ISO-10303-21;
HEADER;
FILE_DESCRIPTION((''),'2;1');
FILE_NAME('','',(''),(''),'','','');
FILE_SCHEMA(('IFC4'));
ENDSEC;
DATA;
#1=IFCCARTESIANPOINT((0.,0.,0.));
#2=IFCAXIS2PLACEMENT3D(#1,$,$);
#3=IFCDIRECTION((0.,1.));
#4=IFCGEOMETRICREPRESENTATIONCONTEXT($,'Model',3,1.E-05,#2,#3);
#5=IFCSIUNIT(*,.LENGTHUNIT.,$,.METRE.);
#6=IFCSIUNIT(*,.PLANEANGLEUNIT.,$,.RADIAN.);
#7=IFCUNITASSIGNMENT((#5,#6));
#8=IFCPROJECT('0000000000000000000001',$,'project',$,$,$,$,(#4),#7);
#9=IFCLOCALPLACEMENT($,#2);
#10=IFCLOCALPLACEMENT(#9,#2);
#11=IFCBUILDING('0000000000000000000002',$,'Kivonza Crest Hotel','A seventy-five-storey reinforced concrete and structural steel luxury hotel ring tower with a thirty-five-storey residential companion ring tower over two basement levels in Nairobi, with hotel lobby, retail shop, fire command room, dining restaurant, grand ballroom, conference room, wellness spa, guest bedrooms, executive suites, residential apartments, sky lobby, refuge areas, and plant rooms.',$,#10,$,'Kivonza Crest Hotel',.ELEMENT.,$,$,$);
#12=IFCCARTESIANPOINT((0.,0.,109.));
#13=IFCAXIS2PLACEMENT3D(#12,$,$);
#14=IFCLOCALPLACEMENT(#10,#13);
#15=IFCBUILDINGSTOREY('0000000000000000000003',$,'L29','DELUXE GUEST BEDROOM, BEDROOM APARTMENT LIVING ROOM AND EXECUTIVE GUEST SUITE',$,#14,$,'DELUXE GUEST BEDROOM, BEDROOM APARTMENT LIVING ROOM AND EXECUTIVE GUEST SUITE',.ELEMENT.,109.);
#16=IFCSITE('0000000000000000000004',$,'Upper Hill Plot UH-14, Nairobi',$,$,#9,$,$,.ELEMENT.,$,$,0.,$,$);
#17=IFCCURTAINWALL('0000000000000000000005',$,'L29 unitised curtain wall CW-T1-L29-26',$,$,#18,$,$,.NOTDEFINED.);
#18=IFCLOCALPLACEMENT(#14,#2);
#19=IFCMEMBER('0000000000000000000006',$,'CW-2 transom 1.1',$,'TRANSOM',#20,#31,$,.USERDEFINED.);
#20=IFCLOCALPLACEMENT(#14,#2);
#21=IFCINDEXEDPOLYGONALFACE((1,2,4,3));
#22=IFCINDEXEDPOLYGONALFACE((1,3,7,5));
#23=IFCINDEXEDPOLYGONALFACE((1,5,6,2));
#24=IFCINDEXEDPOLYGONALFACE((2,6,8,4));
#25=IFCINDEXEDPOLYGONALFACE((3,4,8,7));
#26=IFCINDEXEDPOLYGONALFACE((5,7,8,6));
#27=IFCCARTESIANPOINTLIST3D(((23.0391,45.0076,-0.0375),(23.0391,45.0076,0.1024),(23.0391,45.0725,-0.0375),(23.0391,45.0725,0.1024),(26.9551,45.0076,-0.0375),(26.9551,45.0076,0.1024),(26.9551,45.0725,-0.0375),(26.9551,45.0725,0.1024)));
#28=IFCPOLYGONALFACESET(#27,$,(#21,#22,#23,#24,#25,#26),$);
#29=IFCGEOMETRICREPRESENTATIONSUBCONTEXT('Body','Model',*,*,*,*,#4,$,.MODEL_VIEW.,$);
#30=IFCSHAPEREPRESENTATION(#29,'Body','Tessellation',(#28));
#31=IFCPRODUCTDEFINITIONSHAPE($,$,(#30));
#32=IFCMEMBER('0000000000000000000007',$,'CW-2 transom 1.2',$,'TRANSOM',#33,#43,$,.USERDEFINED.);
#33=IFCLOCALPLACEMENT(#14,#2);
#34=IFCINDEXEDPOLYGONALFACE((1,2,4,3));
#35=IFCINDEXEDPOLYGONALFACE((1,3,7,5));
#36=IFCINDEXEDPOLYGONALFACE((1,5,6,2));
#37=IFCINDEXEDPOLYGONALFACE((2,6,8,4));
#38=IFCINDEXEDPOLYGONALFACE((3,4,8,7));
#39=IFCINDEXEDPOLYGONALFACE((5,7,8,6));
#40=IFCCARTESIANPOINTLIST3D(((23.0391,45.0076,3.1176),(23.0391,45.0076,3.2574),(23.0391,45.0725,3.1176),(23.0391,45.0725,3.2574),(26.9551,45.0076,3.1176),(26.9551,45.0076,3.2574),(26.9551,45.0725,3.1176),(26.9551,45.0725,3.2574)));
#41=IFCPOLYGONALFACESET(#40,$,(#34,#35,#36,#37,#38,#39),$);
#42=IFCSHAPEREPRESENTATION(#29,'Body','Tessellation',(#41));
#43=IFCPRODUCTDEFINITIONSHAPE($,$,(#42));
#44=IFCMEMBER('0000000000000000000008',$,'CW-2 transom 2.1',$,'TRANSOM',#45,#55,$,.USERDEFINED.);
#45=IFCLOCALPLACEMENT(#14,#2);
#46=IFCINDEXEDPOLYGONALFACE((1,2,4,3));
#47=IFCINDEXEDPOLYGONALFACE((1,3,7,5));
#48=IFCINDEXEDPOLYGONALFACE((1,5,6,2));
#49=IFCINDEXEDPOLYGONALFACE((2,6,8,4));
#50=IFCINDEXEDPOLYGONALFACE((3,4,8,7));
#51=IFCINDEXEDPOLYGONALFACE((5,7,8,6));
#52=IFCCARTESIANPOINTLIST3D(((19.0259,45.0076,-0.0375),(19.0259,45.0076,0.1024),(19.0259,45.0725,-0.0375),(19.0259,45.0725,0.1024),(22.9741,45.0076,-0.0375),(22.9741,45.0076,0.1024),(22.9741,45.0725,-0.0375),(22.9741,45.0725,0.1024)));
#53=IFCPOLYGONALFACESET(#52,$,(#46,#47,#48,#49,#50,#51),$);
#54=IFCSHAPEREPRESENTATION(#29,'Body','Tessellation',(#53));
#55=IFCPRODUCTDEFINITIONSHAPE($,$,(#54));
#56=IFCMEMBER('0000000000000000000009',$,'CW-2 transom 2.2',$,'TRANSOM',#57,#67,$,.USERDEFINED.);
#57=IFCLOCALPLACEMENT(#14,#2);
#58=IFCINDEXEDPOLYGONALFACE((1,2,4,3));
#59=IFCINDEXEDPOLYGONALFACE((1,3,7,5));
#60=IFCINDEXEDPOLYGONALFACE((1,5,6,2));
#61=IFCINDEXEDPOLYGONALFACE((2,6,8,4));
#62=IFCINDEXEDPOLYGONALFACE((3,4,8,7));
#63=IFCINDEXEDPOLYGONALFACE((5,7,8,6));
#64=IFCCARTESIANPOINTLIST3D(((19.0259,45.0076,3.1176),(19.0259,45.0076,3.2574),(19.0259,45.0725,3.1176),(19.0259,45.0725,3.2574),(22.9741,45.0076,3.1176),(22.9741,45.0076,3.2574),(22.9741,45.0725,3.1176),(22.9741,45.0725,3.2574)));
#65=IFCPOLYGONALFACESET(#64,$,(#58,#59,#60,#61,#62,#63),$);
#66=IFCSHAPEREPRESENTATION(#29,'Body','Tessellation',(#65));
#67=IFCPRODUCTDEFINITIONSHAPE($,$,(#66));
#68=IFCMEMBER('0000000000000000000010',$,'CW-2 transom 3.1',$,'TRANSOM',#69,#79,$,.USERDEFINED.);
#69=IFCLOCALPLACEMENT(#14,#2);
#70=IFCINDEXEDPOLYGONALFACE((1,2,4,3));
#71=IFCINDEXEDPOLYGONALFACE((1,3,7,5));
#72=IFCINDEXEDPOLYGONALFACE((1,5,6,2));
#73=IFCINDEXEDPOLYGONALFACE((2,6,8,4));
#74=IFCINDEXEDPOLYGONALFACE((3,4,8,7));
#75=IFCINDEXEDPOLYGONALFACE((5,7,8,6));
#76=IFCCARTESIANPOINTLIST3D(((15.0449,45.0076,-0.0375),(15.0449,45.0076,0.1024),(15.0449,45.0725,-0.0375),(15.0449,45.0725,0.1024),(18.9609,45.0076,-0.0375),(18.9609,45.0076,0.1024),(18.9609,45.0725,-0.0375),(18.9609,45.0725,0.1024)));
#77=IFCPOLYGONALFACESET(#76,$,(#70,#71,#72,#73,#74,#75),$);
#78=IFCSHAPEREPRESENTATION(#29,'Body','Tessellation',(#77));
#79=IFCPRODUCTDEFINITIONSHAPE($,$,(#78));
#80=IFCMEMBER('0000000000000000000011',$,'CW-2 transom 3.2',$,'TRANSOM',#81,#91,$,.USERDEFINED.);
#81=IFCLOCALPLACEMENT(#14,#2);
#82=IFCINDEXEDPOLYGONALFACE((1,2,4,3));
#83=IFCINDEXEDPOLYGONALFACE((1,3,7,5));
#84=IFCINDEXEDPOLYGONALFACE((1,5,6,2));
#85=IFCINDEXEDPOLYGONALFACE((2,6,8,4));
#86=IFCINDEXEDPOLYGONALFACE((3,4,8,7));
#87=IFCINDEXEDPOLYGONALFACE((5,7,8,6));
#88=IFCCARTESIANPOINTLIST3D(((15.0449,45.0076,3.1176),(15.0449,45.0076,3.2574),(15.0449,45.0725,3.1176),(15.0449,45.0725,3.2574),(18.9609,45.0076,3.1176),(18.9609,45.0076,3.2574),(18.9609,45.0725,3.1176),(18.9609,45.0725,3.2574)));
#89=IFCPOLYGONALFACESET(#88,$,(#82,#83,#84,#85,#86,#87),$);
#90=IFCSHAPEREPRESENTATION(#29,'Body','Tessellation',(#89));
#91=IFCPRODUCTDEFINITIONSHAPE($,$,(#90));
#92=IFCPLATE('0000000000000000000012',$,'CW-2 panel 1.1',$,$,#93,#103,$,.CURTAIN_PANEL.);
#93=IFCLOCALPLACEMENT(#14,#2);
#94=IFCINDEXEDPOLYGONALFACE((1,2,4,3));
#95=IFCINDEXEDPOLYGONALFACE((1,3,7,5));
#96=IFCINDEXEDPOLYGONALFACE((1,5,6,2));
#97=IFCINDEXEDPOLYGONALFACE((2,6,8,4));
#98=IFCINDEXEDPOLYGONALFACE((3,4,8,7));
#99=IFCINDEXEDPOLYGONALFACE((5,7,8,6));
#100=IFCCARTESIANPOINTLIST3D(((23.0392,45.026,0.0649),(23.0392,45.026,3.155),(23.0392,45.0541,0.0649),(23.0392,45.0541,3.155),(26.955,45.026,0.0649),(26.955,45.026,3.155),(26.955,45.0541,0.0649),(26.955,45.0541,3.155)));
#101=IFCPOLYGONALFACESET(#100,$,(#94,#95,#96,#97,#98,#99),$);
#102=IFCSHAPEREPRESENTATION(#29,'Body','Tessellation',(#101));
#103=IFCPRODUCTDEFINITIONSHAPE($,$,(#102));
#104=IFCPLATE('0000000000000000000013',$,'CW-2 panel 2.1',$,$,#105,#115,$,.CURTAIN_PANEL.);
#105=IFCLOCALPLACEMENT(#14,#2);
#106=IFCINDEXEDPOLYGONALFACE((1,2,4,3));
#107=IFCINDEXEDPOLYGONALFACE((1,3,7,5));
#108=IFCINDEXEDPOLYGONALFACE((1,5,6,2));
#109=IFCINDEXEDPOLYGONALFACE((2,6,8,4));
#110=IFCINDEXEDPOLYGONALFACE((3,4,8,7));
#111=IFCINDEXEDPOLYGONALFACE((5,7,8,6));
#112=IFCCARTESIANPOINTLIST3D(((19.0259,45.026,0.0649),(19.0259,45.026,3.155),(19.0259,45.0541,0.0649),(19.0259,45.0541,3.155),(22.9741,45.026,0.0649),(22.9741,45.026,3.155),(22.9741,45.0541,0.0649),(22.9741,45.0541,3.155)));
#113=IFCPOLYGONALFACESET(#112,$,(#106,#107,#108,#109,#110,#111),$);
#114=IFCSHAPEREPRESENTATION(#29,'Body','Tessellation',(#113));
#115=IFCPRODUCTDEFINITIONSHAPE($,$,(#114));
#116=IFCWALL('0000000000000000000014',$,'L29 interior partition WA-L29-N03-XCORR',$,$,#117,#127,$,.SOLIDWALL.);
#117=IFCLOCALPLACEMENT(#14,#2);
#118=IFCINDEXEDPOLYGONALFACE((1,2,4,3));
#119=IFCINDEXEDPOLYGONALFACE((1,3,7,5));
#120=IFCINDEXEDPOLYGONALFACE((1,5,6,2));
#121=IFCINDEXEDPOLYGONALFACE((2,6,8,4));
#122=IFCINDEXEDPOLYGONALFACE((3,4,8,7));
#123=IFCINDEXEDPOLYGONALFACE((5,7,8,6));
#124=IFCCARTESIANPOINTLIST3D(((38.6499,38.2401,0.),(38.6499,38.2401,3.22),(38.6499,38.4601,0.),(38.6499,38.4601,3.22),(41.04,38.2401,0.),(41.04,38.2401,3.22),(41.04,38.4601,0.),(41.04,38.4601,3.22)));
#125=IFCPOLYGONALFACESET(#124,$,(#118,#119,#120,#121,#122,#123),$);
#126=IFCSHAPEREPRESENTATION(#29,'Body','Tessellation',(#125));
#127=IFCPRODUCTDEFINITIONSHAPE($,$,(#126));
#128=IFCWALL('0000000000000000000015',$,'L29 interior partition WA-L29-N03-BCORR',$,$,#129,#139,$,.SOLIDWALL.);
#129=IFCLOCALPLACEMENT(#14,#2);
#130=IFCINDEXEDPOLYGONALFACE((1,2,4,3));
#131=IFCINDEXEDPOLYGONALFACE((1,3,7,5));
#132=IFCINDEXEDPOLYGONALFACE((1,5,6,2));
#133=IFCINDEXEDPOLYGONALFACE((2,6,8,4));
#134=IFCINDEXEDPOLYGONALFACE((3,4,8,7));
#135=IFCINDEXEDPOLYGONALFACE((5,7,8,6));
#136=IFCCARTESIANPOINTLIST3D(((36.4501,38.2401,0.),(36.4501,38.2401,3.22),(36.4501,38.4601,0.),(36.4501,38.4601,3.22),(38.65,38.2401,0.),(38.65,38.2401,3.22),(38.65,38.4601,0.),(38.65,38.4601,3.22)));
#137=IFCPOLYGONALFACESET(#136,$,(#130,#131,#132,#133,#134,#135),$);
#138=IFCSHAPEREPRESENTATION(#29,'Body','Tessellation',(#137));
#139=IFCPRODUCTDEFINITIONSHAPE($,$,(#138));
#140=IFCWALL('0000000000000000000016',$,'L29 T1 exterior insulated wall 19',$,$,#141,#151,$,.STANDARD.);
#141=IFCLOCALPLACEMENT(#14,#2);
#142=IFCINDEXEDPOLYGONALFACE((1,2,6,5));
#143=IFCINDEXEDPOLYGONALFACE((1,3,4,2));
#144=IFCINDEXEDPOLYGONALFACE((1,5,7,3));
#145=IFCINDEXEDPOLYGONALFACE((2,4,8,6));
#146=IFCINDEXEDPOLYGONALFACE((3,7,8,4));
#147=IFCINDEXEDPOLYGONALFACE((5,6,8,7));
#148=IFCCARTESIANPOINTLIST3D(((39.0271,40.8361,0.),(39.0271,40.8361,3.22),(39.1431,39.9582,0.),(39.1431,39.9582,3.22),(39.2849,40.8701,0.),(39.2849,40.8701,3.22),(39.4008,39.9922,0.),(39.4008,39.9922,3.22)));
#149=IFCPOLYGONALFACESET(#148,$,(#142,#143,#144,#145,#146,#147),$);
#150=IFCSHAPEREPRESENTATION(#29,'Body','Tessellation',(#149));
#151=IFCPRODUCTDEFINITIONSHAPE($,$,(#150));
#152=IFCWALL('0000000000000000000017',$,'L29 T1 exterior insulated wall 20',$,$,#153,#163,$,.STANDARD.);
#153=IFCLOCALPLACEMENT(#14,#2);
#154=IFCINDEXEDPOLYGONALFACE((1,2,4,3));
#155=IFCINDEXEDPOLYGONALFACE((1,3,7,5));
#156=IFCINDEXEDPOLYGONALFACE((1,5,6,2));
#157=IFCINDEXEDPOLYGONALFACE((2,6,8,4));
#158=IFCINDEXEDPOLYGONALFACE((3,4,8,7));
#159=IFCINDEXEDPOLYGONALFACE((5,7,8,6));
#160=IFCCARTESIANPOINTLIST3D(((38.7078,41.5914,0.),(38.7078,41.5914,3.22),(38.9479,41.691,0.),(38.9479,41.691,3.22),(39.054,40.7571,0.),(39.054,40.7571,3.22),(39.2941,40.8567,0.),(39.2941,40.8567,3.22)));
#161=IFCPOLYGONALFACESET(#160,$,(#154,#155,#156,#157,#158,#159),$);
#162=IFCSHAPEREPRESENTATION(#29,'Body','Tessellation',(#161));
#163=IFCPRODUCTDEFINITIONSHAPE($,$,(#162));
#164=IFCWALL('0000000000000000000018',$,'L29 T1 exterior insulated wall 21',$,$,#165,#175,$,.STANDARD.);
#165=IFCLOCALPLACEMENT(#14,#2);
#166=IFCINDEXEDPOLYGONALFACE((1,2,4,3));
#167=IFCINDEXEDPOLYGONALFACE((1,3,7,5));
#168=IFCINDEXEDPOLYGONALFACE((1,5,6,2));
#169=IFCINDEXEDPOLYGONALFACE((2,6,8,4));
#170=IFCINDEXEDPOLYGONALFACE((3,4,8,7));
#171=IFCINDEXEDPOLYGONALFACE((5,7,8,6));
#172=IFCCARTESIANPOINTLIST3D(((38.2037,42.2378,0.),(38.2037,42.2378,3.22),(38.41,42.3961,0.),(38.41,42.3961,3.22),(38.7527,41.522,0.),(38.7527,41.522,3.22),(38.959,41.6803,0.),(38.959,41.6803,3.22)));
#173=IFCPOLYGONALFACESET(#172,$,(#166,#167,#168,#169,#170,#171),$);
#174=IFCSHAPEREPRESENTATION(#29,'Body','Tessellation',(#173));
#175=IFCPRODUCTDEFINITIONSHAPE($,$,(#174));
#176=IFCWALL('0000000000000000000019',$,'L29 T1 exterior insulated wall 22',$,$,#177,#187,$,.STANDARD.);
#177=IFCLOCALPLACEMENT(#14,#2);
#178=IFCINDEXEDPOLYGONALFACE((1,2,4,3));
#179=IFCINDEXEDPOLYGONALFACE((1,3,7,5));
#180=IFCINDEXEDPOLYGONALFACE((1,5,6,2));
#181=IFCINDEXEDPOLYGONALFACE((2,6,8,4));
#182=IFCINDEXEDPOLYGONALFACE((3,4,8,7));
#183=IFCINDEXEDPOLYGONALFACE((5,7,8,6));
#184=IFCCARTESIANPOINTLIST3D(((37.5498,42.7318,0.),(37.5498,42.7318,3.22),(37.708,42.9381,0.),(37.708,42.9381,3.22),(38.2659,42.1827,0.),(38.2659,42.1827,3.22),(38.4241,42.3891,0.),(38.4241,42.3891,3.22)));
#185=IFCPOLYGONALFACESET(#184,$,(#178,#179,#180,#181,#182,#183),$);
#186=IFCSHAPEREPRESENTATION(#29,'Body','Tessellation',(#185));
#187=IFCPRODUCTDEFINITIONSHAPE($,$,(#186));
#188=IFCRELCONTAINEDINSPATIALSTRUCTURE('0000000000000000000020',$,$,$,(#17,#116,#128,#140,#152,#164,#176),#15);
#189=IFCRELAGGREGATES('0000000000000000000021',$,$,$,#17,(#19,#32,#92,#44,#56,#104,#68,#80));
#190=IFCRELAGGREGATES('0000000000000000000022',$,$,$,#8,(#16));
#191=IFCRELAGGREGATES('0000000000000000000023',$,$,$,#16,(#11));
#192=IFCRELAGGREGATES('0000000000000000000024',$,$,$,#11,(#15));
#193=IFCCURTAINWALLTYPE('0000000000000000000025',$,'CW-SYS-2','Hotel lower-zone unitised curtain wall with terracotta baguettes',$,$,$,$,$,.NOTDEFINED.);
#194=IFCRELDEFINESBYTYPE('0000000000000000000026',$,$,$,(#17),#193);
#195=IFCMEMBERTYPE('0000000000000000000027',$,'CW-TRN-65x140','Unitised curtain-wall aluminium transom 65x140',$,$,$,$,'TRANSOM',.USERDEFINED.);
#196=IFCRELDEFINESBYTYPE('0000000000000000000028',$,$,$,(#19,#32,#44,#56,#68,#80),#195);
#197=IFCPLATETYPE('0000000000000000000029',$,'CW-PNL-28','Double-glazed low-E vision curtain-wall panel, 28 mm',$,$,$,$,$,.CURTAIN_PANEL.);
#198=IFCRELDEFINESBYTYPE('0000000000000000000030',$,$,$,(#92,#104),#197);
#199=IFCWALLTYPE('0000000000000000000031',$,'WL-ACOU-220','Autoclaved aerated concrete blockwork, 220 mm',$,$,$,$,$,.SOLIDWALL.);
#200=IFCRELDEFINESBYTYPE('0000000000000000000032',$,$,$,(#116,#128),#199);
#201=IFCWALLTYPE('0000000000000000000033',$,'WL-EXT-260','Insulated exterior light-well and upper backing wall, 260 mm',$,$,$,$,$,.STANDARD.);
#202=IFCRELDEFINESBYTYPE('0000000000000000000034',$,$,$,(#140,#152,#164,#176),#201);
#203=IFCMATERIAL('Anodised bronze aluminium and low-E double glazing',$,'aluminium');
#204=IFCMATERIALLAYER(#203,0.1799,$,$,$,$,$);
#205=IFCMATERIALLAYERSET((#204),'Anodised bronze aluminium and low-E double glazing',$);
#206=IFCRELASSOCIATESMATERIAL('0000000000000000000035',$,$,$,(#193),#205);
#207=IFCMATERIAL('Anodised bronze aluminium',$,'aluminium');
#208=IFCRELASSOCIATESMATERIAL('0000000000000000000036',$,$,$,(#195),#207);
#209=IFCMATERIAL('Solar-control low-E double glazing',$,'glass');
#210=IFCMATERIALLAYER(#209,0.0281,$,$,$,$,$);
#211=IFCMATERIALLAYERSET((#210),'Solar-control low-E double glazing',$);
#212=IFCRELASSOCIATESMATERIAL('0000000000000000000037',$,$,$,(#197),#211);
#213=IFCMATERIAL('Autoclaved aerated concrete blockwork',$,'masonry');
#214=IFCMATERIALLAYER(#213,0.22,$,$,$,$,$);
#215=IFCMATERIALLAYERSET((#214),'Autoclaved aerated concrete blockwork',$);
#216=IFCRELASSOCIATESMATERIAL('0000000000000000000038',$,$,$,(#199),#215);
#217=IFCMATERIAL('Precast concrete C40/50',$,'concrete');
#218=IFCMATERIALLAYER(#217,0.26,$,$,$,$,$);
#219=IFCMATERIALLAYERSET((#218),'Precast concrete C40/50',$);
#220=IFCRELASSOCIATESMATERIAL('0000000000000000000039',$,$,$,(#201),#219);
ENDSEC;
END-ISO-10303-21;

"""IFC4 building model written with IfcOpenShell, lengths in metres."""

from ifc_helpers import new_model, si_unit, direction, frame, frame_2d, origin, origin_2d, place, context, subcontext, project, spatial, rectangle, extrude, material, layer, layer_set, material_profile, profile_set, type_object, element, aggregate, save


model = new_model("IFC4")

# Units and contexts
model_context = context("Model", 3, precision=1e-05, world=origin(), true_north=direction((0.0, 1.0)))
body_context = subcontext(model_context, "Body", "Model", "MODEL_VIEW")
ifc_project = project(units=[si_unit("LENGTHUNIT", "METRE"), si_unit("PLANEANGLEUNIT", "RADIAN")], contexts=[model_context])

# Site, building, storey
site_placement = place(None, origin())
site = spatial("IfcSite", under=ifc_project, at=site_placement, Name="Upper Hill Plot UH-14, Nairobi", CompositionType="ELEMENT", RefElevation=0.0)
building_placement = place(site_placement, origin())
building = spatial("IfcBuilding", under=site, at=building_placement, Name="Kivonza Crest Hotel", Description="A seventy-five-storey reinforced concrete and structural steel luxury hotel ring tower with a thirty-five-storey residential companion ring tower over two basement levels in Nairobi, with hotel lobby, retail shop, fire command room, dining restaurant, grand ballroom, conference room, wellness spa, guest bedrooms, executive suites, residential apartments, sky lobby, refuge areas, and plant rooms.", LongName="Kivonza Crest Hotel", CompositionType="ELEMENT")
storey_placement = place(building_placement, frame((0.0, 0.0, 109.0)))
storey = spatial("IfcBuildingStorey", under=building, at=storey_placement, Name="L29", Description="DELUXE GUEST BEDROOM, BEDROOM APARTMENT LIVING ROOM AND EXECUTIVE GUEST SUITE", LongName="DELUXE GUEST BEDROOM, BEDROOM APARTMENT LIVING ROOM AND EXECUTIVE GUEST SUITE", CompositionType="ELEMENT", Elevation=109.0)

# Curtain wall, members, plates
ifc_material_1 = material(Name="Anodised bronze aluminium and low-E double glazing", Category="aluminium")
ifc_layer_1 = layer(ifc_material_1, 0.1799)
ifc_layer_set_1 = layer_set([ifc_layer_1], Name="Anodised bronze aluminium and low-E double glazing")
curtain_wall_type = type_object("IfcCurtainWallType", Name="CW-SYS-2", Description="Hotel lower-zone unitised curtain wall with terracotta baguettes", PredefinedType="NOTDEFINED", material=ifc_layer_set_1)
curtain_wall_placement = place(storey_placement, origin())
curtain_wall = element("IfcCurtainWall", 1, at=curtain_wall_placement, inside=storey, type_object=curtain_wall_type, Name="L29 unitised curtain wall CW-T1-L29-26", PredefinedType="NOTDEFINED")
ifc_material_2 = material(Name="Anodised bronze aluminium", Category="aluminium")
ifc_material_profile_1 = material_profile(ifc_material_2, rectangle(XDim=0.0649, YDim=0.1399, at=origin_2d()), Name="CW-T 65x140")
ifc_profile_set_1 = profile_set([ifc_material_profile_1], Name="Anodised bronze aluminium")
member_type_1 = type_object("IfcMemberType", Name="CW-TRN-65x140", Description="Unitised curtain-wall aluminium transom 65x140", ElementType="TRANSOM", PredefinedType="USERDEFINED", material=ifc_profile_set_1)
member_1_placement = place(storey_placement, frame((26.9551, 45.04, 0.0325), z_axis=(-1.0, 0.0, 0.0), x_axis=(0.0, -1.0, 0.0)))
member_1 = element("IfcMember", 2, at=member_1_placement, type_object=member_type_1, Name="CW-2 transom 1.1", ObjectType="TRANSOM", PredefinedType="USERDEFINED", context=body_context, shape_type="SweptSolid", body=[
    extrude(rectangle(XDim=0.0649, YDim=0.1399, at=origin_2d()), origin(), (0.0, 0.0, 1.0), 3.916),
])
member_2_placement = place(storey_placement, frame((26.9551, 45.04, 3.1875), z_axis=(-1.0, 0.0, 0.0), x_axis=(0.0, -1.0, 0.0)))
member_2 = element("IfcMember", 3, at=member_2_placement, type_object=member_type_1, Name="CW-2 transom 1.2", ObjectType="TRANSOM", PredefinedType="USERDEFINED", context=body_context, shape_type="SweptSolid", body=[
    extrude(rectangle(XDim=0.0649, YDim=0.1399, at=origin_2d()), origin(), (0.0, 0.0, 1.0), 3.916),
])
member_3_placement = place(storey_placement, frame((22.9741, 45.04, 0.0325), z_axis=(-1.0, 0.0, 0.0), x_axis=(0.0, -1.0, 0.0)))
member_3 = element("IfcMember", 4, at=member_3_placement, type_object=member_type_1, Name="CW-2 transom 2.1", ObjectType="TRANSOM", PredefinedType="USERDEFINED", context=body_context, shape_type="SweptSolid", body=[
    extrude(rectangle(XDim=0.0649, YDim=0.1399, at=origin_2d()), origin(), (0.0, 0.0, 1.0), 3.9482),
])
member_4_placement = place(storey_placement, frame((22.9741, 45.04, 3.1875), z_axis=(-1.0, 0.0, 0.0), x_axis=(0.0, -1.0, 0.0)))
member_4 = element("IfcMember", 5, at=member_4_placement, type_object=member_type_1, Name="CW-2 transom 2.2", ObjectType="TRANSOM", PredefinedType="USERDEFINED", context=body_context, shape_type="SweptSolid", body=[
    extrude(rectangle(XDim=0.0649, YDim=0.1399, at=origin_2d()), origin(), (0.0, 0.0, 1.0), 3.9482),
])
member_5_placement = place(storey_placement, frame((18.9609, 45.04, 0.0325), z_axis=(-1.0, 0.0, 0.0), x_axis=(0.0, -1.0, 0.0)))
member_5 = element("IfcMember", 6, at=member_5_placement, type_object=member_type_1, Name="CW-2 transom 3.1", ObjectType="TRANSOM", PredefinedType="USERDEFINED", context=body_context, shape_type="SweptSolid", body=[
    extrude(rectangle(XDim=0.0649, YDim=0.1399, at=origin_2d()), origin(), (0.0, 0.0, 1.0), 3.916),
])
member_6_placement = place(storey_placement, frame((18.9609, 45.04, 3.1875), z_axis=(-1.0, 0.0, 0.0), x_axis=(0.0, -1.0, 0.0)))
member_6 = element("IfcMember", 7, at=member_6_placement, type_object=member_type_1, Name="CW-2 transom 3.2", ObjectType="TRANSOM", PredefinedType="USERDEFINED", context=body_context, shape_type="SweptSolid", body=[
    extrude(rectangle(XDim=0.0649, YDim=0.1399, at=origin_2d()), origin(), (0.0, 0.0, 1.0), 3.916),
])
ifc_material_3 = material(Name="Solar-control low-E double glazing", Category="glass")
ifc_layer_2 = layer(ifc_material_3, 0.0281)
ifc_layer_set_2 = layer_set([ifc_layer_2], Name="Solar-control low-E double glazing")
plate_type = type_object("IfcPlateType", Name="CW-PNL-28", Description="Double-glazed low-E vision curtain-wall panel, 28 mm", PredefinedType="CURTAIN_PANEL", material=ifc_layer_set_2)
plate_1_placement = place(storey_placement, frame((24.9971, 45.04, 0.0649), z_axis=(0.0, 0.0, 1.0), x_axis=(-1.0, 0.0, 0.0)))
plate_1 = element("IfcPlate", 8, at=plate_1_placement, type_object=plate_type, Name="CW-2 panel 1.1", PredefinedType="CURTAIN_PANEL", context=body_context, shape_type="SweptSolid", body=[
    extrude(rectangle(XDim=3.9158, YDim=0.0281, at=origin_2d()), origin(), (0.0, 0.0, 1.0), 3.0901),
])
plate_2_placement = place(storey_placement, frame((21.0, 45.04, 0.0649), z_axis=(0.0, 0.0, 1.0), x_axis=(-1.0, 0.0, 0.0)))
plate_2 = element("IfcPlate", 9, at=plate_2_placement, type_object=plate_type, Name="CW-2 panel 2.1", PredefinedType="CURTAIN_PANEL", context=body_context, shape_type="SweptSolid", body=[
    extrude(rectangle(XDim=3.9482, YDim=0.0281, at=origin_2d()), origin(), (0.0, 0.0, 1.0), 3.0901),
])
aggregate(curtain_wall, [member_1, member_2, plate_1, member_3, member_4, plate_2, member_5, member_6])

# Walls
ifc_material_4 = material(Name="Autoclaved aerated concrete blockwork", Category="masonry")
ifc_layer_3 = layer(ifc_material_4, 0.22)
ifc_layer_set_3 = layer_set([ifc_layer_3], Name="Autoclaved aerated concrete blockwork")
wall_type_1 = type_object("IfcWallType", Name="WL-ACOU-220", Description="Autoclaved aerated concrete blockwork, 220 mm", PredefinedType="SOLIDWALL", material=ifc_layer_set_3)
wall_1_placement = place(storey_placement, frame((38.6499, 38.3501, 0.0), z_axis=(0.0, 0.0, 1.0), x_axis=(1.0, 0.0, 0.0)))
element("IfcWall", 10, at=wall_1_placement, inside=storey, type_object=wall_type_1, Name="L29 interior partition WA-L29-N03-XCORR", PredefinedType="SOLIDWALL", context=body_context, shape_type="SweptSolid", body=[
    extrude(rectangle(XDim=2.3901, YDim=0.22, at=frame_2d((1.1951, 0.0))), origin(), (0.0, 0.0, 1.0), 3.22),
])
wall_2_placement = place(storey_placement, frame((36.45, 38.3501, 0.0), z_axis=(0.0, 0.0, 1.0), x_axis=(1.0, 0.0, 0.0)))
element("IfcWall", 11, at=wall_2_placement, inside=storey, type_object=wall_type_1, Name="L29 interior partition WA-L29-N03-BCORR", PredefinedType="SOLIDWALL", context=body_context, shape_type="SweptSolid", body=[
    extrude(rectangle(XDim=2.2, YDim=0.22, at=frame_2d((1.1001, 0.0))), origin(), (0.0, 0.0, 1.0), 3.22),
])
ifc_material_5 = material(Name="Precast concrete C40/50", Category="concrete")
ifc_layer_4 = layer(ifc_material_5, 0.26)
ifc_layer_set_4 = layer_set([ifc_layer_4], Name="Precast concrete C40/50")
wall_type_2 = type_object("IfcWallType", Name="WL-EXT-260", Description="Insulated exterior light-well and upper backing wall, 260 mm", PredefinedType="STANDARD", material=ifc_layer_set_4)
wall_3_placement = place(storey_placement, frame((39.272, 39.9751, 0.0), z_axis=(0.0, 0.0, 1.0), x_axis=(-0.130954, 0.991388, 0.0)))
element("IfcWall", 12, at=wall_3_placement, inside=storey, type_object=wall_type_2, Name="L29 T1 exterior insulated wall 19", PredefinedType="STANDARD", context=body_context, shape_type="SweptSolid", body=[
    extrude(rectangle(XDim=0.8855, YDim=0.26, at=frame_2d((0.4429, 0.0))), origin(), (0.0, 0.0, 1.0), 3.22),
])
wall_4_placement = place(storey_placement, frame((39.1741, 40.8069, 0.0), z_axis=(0.0, 0.0, 1.0), x_axis=(-0.383291, 0.923628, 0.0)))
element("IfcWall", 13, at=wall_4_placement, inside=storey, type_object=wall_type_2, Name="L29 T1 exterior insulated wall 20", PredefinedType="STANDARD", context=body_context, shape_type="SweptSolid", body=[
    extrude(rectangle(XDim=0.9033, YDim=0.26, at=frame_2d((0.4517, 0.0))), origin(), (0.0, 0.0, 1.0), 3.22),
])
wall_5_placement = place(storey_placement, frame((38.856, 41.6011, 0.0), z_axis=(0.0, 0.0, 1.0), x_axis=(-0.608625, 0.793458, 0.0)))
element("IfcWall", 14, at=wall_5_placement, inside=storey, type_object=wall_type_2, Name="L29 T1 exterior insulated wall 21", PredefinedType="STANDARD", context=body_context, shape_type="SweptSolid", body=[
    extrude(rectangle(XDim=0.9021, YDim=0.26, at=frame_2d((0.4512, 0.0))), origin(), (0.0, 0.0, 1.0), 3.22),
])
wall_6_placement = place(storey_placement, frame((38.345, 42.2859, 0.0), z_axis=(0.0, 0.0, 1.0), x_axis=(-0.793558, 0.608494, 0.0)))
element("IfcWall", 15, at=wall_6_placement, inside=storey, type_object=wall_type_2, Name="L29 T1 exterior insulated wall 22", PredefinedType="STANDARD", context=body_context, shape_type="SweptSolid", body=[
    extrude(rectangle(XDim=0.9023, YDim=0.26, at=frame_2d((0.4512, 0.0))), origin(), (0.0, 0.0, 1.0), 3.22),
])

save(model, "model.ifc")
